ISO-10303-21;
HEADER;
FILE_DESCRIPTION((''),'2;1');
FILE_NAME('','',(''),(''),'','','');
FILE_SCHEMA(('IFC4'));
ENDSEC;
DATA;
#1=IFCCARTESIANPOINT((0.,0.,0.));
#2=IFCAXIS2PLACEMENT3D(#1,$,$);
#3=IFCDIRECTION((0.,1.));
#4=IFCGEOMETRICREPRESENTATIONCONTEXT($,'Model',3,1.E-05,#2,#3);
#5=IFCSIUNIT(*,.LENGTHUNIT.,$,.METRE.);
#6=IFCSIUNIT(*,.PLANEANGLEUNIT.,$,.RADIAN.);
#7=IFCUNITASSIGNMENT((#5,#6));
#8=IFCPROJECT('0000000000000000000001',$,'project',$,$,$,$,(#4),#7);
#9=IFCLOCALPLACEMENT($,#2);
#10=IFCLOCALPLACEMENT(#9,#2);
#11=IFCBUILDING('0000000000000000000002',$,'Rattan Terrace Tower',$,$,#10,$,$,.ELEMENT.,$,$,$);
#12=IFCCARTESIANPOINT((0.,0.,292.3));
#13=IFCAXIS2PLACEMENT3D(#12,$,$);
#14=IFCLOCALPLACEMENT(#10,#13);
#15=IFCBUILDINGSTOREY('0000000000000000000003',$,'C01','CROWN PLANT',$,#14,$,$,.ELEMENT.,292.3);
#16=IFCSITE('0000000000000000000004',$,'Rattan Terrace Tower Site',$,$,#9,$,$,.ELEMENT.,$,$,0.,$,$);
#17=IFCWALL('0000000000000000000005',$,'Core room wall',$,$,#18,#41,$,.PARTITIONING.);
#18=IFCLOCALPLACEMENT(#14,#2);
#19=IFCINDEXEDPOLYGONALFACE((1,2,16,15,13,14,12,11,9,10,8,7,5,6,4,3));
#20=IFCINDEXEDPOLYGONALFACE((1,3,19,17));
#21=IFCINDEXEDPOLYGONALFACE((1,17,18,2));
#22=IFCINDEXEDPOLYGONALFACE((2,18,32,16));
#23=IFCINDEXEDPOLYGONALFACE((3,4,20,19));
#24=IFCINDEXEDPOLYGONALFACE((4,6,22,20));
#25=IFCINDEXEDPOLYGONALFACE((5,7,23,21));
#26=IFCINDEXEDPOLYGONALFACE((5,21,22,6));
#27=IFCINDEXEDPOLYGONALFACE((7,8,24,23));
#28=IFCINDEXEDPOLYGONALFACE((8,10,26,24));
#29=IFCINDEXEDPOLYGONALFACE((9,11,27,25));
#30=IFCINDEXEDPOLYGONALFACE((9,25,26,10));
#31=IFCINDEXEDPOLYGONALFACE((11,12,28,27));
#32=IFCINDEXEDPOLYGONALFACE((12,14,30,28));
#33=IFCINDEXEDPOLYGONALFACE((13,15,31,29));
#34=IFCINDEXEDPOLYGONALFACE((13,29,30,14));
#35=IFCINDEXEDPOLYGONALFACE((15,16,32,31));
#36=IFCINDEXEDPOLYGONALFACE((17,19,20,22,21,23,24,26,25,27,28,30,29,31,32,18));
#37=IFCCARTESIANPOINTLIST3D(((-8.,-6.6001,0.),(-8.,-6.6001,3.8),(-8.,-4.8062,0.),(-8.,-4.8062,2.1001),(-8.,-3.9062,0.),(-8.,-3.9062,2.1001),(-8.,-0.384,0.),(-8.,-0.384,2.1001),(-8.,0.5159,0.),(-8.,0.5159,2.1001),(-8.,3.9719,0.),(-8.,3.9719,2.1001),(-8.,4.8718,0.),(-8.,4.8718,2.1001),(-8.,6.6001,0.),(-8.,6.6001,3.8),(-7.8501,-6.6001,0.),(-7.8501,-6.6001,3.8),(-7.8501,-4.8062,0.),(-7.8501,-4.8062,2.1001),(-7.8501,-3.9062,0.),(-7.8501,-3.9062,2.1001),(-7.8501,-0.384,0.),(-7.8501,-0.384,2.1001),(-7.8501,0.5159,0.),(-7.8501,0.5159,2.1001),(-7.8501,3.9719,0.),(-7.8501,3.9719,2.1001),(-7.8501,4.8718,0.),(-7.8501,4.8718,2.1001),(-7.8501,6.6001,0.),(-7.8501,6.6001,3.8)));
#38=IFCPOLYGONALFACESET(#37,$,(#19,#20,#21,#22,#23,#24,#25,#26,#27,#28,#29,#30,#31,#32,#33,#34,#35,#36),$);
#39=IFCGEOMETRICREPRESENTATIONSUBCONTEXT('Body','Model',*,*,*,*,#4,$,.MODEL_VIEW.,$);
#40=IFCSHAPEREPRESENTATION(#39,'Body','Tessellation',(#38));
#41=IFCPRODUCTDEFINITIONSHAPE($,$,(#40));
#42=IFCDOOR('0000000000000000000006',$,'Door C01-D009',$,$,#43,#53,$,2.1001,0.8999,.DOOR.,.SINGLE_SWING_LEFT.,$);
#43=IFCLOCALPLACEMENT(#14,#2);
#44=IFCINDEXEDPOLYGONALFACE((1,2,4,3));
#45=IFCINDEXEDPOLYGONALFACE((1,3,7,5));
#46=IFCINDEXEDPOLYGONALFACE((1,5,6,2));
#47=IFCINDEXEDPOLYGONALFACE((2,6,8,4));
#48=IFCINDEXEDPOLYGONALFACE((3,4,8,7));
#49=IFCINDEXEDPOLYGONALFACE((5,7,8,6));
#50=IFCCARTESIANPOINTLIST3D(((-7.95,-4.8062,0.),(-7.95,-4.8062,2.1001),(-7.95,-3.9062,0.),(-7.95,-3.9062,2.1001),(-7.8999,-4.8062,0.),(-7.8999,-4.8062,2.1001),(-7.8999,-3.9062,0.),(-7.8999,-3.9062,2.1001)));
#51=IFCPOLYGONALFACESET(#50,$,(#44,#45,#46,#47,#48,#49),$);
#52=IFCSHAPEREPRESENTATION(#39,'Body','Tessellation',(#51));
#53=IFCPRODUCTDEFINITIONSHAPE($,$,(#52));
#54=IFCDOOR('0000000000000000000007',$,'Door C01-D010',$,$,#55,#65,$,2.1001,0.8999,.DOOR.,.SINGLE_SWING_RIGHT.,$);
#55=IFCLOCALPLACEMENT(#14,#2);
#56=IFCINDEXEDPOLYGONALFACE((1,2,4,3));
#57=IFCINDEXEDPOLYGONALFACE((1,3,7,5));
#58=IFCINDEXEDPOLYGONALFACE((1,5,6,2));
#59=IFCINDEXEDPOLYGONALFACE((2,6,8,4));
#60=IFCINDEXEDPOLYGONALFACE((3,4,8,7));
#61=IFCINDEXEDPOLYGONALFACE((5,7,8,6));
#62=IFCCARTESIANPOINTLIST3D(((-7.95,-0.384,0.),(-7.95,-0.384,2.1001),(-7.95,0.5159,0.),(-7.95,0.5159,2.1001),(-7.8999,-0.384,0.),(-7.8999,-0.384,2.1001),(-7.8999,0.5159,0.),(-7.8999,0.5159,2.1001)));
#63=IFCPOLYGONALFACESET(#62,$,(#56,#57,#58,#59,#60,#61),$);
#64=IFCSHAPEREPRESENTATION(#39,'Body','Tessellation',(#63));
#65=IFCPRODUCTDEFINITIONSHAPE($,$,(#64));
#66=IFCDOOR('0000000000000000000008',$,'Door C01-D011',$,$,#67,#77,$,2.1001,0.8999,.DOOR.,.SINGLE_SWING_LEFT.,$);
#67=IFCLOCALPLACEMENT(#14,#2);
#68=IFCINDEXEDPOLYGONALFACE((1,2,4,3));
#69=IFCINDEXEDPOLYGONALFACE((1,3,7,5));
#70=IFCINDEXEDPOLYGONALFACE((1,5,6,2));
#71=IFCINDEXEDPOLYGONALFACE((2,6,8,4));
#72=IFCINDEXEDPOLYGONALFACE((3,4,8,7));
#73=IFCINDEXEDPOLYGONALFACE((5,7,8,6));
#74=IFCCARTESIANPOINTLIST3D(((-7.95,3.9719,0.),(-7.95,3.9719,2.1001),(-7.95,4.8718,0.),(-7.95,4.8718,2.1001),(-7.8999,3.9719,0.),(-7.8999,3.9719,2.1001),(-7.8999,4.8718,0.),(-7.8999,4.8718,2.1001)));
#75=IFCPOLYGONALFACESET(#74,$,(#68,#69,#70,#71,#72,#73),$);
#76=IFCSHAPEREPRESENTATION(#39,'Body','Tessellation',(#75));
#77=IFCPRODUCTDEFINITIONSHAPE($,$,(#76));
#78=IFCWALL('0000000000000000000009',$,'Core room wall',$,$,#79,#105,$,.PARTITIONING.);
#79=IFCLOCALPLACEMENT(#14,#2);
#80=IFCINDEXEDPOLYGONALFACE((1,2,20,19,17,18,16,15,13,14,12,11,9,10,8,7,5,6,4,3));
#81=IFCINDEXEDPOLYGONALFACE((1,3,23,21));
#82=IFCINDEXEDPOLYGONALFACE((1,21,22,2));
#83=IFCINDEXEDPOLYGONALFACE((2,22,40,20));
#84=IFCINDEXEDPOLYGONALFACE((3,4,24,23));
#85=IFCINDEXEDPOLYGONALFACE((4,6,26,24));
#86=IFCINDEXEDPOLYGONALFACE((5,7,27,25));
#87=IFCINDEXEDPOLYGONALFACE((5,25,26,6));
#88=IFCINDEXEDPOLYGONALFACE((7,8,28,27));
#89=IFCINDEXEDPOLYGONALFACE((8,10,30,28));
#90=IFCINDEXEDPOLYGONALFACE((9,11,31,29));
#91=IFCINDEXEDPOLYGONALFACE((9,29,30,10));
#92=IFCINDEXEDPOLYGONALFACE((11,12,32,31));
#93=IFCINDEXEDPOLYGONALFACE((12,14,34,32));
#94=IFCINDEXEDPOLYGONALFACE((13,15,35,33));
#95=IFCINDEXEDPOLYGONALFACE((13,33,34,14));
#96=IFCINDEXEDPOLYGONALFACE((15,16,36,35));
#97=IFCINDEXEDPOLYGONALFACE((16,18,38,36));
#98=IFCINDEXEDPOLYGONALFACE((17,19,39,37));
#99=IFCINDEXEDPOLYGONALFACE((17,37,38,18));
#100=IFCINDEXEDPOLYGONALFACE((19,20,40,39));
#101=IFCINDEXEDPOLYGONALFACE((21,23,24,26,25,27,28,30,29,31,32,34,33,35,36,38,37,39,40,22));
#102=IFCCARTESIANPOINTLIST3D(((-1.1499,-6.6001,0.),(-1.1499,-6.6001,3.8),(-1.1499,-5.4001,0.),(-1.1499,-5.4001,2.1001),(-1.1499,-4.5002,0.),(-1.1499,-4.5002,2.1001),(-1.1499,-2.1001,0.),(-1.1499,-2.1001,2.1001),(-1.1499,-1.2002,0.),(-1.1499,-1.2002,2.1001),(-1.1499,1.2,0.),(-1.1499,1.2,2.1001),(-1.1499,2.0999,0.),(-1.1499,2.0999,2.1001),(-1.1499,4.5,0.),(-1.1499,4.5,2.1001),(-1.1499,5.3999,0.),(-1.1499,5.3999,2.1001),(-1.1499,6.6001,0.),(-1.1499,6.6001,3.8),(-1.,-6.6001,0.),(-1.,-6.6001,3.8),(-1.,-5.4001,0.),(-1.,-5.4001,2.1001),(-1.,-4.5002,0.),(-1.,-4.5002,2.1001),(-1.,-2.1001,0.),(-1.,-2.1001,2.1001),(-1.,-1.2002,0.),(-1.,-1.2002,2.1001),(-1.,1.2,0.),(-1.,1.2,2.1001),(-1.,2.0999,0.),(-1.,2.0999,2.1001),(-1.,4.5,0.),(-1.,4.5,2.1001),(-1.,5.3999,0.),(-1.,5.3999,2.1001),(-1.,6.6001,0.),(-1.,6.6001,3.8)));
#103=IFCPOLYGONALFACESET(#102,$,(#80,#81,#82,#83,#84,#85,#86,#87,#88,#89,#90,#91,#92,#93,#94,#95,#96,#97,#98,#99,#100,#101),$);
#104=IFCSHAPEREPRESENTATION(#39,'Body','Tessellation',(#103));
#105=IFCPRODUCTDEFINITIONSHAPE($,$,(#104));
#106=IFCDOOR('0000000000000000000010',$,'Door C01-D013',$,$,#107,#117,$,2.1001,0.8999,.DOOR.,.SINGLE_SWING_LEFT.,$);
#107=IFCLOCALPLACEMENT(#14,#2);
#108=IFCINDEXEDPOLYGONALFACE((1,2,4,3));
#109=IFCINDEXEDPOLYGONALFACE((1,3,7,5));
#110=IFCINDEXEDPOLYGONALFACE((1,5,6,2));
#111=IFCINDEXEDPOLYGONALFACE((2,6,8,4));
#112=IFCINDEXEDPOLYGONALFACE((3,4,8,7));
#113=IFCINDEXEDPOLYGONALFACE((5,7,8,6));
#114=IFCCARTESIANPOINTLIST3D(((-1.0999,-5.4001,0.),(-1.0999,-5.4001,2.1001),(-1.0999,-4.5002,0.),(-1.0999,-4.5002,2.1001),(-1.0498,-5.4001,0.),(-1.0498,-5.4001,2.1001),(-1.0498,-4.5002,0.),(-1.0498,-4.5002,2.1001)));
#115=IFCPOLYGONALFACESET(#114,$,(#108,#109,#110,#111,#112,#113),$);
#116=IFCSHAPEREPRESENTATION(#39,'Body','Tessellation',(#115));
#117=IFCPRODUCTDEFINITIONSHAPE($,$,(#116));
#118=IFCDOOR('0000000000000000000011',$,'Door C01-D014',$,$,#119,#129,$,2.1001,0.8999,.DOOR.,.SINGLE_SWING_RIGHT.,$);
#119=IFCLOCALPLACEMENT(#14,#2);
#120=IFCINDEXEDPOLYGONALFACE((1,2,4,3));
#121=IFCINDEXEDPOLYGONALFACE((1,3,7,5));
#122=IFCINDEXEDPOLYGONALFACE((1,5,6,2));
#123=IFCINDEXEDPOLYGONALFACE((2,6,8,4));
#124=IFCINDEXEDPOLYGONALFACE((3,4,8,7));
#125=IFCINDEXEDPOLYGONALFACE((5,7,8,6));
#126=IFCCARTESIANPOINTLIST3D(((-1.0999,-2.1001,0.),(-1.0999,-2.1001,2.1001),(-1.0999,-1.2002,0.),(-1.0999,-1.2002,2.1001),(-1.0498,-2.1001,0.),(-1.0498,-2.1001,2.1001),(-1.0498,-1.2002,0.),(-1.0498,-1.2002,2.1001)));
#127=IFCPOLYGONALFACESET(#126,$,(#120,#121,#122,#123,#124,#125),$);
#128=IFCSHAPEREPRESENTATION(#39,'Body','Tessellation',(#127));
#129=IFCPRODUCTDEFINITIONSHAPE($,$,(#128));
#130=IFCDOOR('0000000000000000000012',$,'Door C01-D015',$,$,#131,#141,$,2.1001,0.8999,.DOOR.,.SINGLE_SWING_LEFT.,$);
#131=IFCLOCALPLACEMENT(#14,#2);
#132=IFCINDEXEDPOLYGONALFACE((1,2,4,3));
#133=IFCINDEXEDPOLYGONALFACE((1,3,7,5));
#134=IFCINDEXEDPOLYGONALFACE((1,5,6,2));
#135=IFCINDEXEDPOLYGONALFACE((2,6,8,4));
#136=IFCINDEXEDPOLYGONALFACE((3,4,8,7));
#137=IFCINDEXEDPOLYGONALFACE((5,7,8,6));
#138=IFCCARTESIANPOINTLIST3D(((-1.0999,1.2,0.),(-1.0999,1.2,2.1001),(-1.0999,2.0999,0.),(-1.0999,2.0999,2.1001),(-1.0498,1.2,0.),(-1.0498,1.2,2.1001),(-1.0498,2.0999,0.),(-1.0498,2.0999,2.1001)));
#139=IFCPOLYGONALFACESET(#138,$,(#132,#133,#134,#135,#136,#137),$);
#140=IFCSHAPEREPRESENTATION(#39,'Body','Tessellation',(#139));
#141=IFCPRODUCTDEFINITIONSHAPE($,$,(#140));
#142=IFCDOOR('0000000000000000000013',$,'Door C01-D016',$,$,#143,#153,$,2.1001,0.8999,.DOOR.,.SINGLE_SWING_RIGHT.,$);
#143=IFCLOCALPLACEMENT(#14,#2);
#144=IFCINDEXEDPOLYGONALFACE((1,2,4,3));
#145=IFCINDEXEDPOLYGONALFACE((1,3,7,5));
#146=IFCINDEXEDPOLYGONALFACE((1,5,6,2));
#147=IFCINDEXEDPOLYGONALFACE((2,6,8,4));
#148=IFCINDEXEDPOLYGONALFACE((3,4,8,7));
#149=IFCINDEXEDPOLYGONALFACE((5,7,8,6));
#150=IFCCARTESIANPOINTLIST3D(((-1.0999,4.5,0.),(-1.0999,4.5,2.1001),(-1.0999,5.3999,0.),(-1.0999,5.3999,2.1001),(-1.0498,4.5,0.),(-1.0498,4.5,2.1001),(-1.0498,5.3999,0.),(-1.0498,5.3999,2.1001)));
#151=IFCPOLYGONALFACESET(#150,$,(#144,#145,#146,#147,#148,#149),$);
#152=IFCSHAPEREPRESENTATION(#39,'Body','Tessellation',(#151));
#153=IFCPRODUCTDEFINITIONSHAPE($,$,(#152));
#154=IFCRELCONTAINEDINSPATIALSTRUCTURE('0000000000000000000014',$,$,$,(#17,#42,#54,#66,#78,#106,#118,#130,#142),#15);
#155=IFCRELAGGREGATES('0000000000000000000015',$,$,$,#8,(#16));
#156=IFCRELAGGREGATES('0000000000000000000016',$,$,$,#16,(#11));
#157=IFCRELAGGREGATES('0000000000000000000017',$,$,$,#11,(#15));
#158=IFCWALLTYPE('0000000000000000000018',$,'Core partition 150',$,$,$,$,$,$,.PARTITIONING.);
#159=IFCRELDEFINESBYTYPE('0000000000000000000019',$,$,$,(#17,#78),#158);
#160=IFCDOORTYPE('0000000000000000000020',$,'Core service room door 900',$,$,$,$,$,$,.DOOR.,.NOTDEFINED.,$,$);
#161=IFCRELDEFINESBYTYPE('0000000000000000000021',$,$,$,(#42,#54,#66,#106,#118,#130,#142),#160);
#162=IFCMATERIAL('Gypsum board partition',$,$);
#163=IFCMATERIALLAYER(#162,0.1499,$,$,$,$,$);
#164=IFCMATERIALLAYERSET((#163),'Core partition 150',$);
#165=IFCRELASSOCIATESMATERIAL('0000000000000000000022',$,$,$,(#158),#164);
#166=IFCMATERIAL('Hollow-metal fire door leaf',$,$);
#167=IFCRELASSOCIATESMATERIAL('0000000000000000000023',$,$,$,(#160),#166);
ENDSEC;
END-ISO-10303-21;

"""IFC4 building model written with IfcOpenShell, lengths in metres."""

from ifc_helpers import new_model, si_unit, direction, frame, frame_2d, origin, place, context, subcontext, project, spatial, rectangle, extrude, material, layer, layer_set, type_object, element, fill, save


model = new_model("IFC4")

# Units and contexts
model_context = context("Model", 3, precision=1e-05, world=origin(), true_north=direction((0.0, 1.0)))
body_context = subcontext(model_context, "Body", "Model", "MODEL_VIEW")
ifc_project = project(units=[si_unit("LENGTHUNIT", "METRE"), si_unit("PLANEANGLEUNIT", "RADIAN")], contexts=[model_context])

# Site, building, storey
site_placement = place(None, origin())
site = spatial("IfcSite", under=ifc_project, at=site_placement, Name="Rattan Terrace Tower Site", CompositionType="ELEMENT", RefElevation=0.0)
building_placement = place(site_placement, origin())
building = spatial("IfcBuilding", under=site, at=building_placement, Name="Rattan Terrace Tower", CompositionType="ELEMENT")
storey_placement = place(building_placement, frame((0.0, 0.0, 292.3)))
storey = spatial("IfcBuildingStorey", under=building, at=storey_placement, Name="C01", Description="CROWN PLANT", CompositionType="ELEMENT", Elevation=292.3)

# Walls, openings, doors
ifc_material_1 = material(Name="Gypsum board partition")
ifc_layer_1 = layer(ifc_material_1, 0.1499)
ifc_layer_set_1 = layer_set([ifc_layer_1], Name="Core partition 150")
wall_type_1 = type_object("IfcWallType", Name="Core partition 150", PredefinedType="PARTITIONING", material=ifc_layer_set_1)
ifc_material_2 = material(Name="Hollow-metal fire door leaf")
door_type_1 = type_object("IfcDoorType", Name="Core service room door 900", OperationType="NOTDEFINED", PredefinedType="DOOR", material=ifc_material_2)
wall_1_placement = place(storey_placement, frame((-7.925, -6.6001, 0.0), z_axis=(0.0, 0.0, 1.0), x_axis=(0.0, 1.0, 0.0)))
wall_1 = element("IfcWall", 1, at=wall_1_placement, inside=storey, type_object=wall_type_1, Name="Core room wall", PredefinedType="PARTITIONING", context=body_context, shape_type="SweptSolid", body=[
    extrude(rectangle(XDim=13.2002, YDim=0.1499, at=frame_2d((6.6001, 0.0))), origin(), (0.0, 0.0, 1.0), 3.8),
])
opening_1_placement = place(wall_1_placement, frame((1.7939, 0.0, 0.0)))
opening_1 = element("IfcOpeningElement", 2, at=opening_1_placement, cuts=wall_1, PredefinedType="OPENING", context=body_context, shape_type="SweptSolid", body=[
    extrude(rectangle(XDim=0.8999, YDim=2.1001, at=frame_2d((0.45, 1.05))), frame((0.0, 0.0854, 0.0), z_axis=(0.0, -1.0, 0.0), x_axis=(1.0, 0.0, 0.0)), (0.0, 0.0, 1.0), 0.1709),
])
opening_2_placement = place(wall_1_placement, frame((6.2161, 0.0, 0.0)))
opening_2 = element("IfcOpeningElement", 3, at=opening_2_placement, cuts=wall_1, PredefinedType="OPENING", context=body_context, shape_type="SweptSolid", body=[
    extrude(rectangle(XDim=0.8999, YDim=2.1001, at=frame_2d((0.45, 1.05))), frame((0.0, 0.0854, 0.0), z_axis=(0.0, -1.0, 0.0), x_axis=(1.0, 0.0, 0.0)), (0.0, 0.0, 1.0), 0.1709),
])
opening_3_placement = place(wall_1_placement, frame((10.572, 0.0, 0.0)))
opening_3 = element("IfcOpeningElement", 4, at=opening_3_placement, cuts=wall_1, PredefinedType="OPENING", context=body_context, shape_type="SweptSolid", body=[
    extrude(rectangle(XDim=0.8999, YDim=2.1001, at=frame_2d((0.45, 1.05))), frame((0.0, 0.0854, 0.0), z_axis=(0.0, -1.0, 0.0), x_axis=(1.0, 0.0, 0.0)), (0.0, 0.0, 1.0), 0.1709),
])
door_1_placement = place(opening_1_placement, origin())
door_1 = element("IfcDoor", 5, at=door_1_placement, inside=storey, type_object=door_type_1, Name="Door C01-D009", OperationType="SINGLE_SWING_LEFT", OverallHeight=2.1001, OverallWidth=0.8999, PredefinedType="DOOR", context=body_context, shape_type="SweptSolid", body=[
    extrude(rectangle(XDim=0.8999, YDim=2.1001, at=frame_2d((0.45, 1.05))), frame((0.0, 0.0249, 0.0), z_axis=(0.0, -1.0, 0.0), x_axis=(1.0, 0.0, 0.0)), (0.0, 0.0, 1.0), 0.05),
])
fill(opening_1, door_1)
door_2_placement = place(opening_2_placement, origin())
door_2 = element("IfcDoor", 6, at=door_2_placement, inside=storey, type_object=door_type_1, Name="Door C01-D010", OperationType="SINGLE_SWING_RIGHT", OverallHeight=2.1001, OverallWidth=0.8999, PredefinedType="DOOR", context=body_context, shape_type="SweptSolid", body=[
    extrude(rectangle(XDim=0.8999, YDim=2.1001, at=frame_2d((0.45, 1.05))), frame((0.0, 0.0249, 0.0), z_axis=(0.0, -1.0, 0.0), x_axis=(1.0, 0.0, 0.0)), (0.0, 0.0, 1.0), 0.05),
])
fill(opening_2, door_2)
door_3_placement = place(opening_3_placement, origin())
door_3 = element("IfcDoor", 7, at=door_3_placement, inside=storey, type_object=door_type_1, Name="Door C01-D011", OperationType="SINGLE_SWING_LEFT", OverallHeight=2.1001, OverallWidth=0.8999, PredefinedType="DOOR", context=body_context, shape_type="SweptSolid", body=[
    extrude(rectangle(XDim=0.8999, YDim=2.1001, at=frame_2d((0.45, 1.05))), frame((0.0, 0.0249, 0.0), z_axis=(0.0, -1.0, 0.0), x_axis=(1.0, 0.0, 0.0)), (0.0, 0.0, 1.0), 0.05),
])
fill(opening_3, door_3)
wall_2_placement = place(storey_placement, frame((-1.075, -6.6001, 0.0), z_axis=(0.0, 0.0, 1.0), x_axis=(0.0, 1.0, 0.0)))
wall_2 = element("IfcWall", 8, at=wall_2_placement, inside=storey, type_object=wall_type_1, Name="Core room wall", PredefinedType="PARTITIONING", context=body_context, shape_type="SweptSolid", body=[
    extrude(rectangle(XDim=13.2002, YDim=0.1499, at=frame_2d((6.6001, 0.0))), origin(), (0.0, 0.0, 1.0), 3.8),
])
opening_4_placement = place(wall_2_placement, frame((1.2, 0.0, 0.0)))
opening_4 = element("IfcOpeningElement", 9, at=opening_4_placement, cuts=wall_2, PredefinedType="OPENING", context=body_context, shape_type="SweptSolid", body=[
    extrude(rectangle(XDim=0.8999, YDim=2.1001, at=frame_2d((0.45, 1.05))), frame((0.0, 0.0854, 0.0), z_axis=(0.0, -1.0, 0.0), x_axis=(1.0, 0.0, 0.0)), (0.0, 0.0, 1.0), 0.1709),
])
opening_5_placement = place(wall_2_placement, frame((4.5, 0.0, 0.0)))
opening_5 = element("IfcOpeningElement", 10, at=opening_5_placement, cuts=wall_2, PredefinedType="OPENING", context=body_context, shape_type="SweptSolid", body=[
    extrude(rectangle(XDim=0.8999, YDim=2.1001, at=frame_2d((0.45, 1.05))), frame((0.0, 0.0854, 0.0), z_axis=(0.0, -1.0, 0.0), x_axis=(1.0, 0.0, 0.0)), (0.0, 0.0, 1.0), 0.1709),
])
opening_6_placement = place(wall_2_placement, frame((7.8, 0.0, 0.0)))
opening_6 = element("IfcOpeningElement", 11, at=opening_6_placement, cuts=wall_2, PredefinedType="OPENING", context=body_context, shape_type="SweptSolid", body=[
    extrude(rectangle(XDim=0.8999, YDim=2.1001, at=frame_2d((0.45, 1.05))), frame((0.0, 0.0854, 0.0), z_axis=(0.0, -1.0, 0.0), x_axis=(1.0, 0.0, 0.0)), (0.0, 0.0, 1.0), 0.1709),
])
opening_7_placement = place(wall_2_placement, frame((11.1001, 0.0, 0.0)))
opening_7 = element("IfcOpeningElement", 12, at=opening_7_placement, cuts=wall_2, PredefinedType="OPENING", context=body_context, shape_type="SweptSolid", body=[
    extrude(rectangle(XDim=0.8999, YDim=2.1001, at=frame_2d((0.45, 1.05))), frame((0.0, 0.0854, 0.0), z_axis=(0.0, -1.0, 0.0), x_axis=(1.0, 0.0, 0.0)), (0.0, 0.0, 1.0), 0.1709),
])
door_4_placement = place(opening_4_placement, origin())
door_4 = element("IfcDoor", 13, at=door_4_placement, inside=storey, type_object=door_type_1, Name="Door C01-D013", OperationType="SINGLE_SWING_LEFT", OverallHeight=2.1001, OverallWidth=0.8999, PredefinedType="DOOR", context=body_context, shape_type="SweptSolid", body=[
    extrude(rectangle(XDim=0.8999, YDim=2.1001, at=frame_2d((0.45, 1.05))), frame((0.0, 0.0249, 0.0), z_axis=(0.0, -1.0, 0.0), x_axis=(1.0, 0.0, 0.0)), (0.0, 0.0, 1.0), 0.05),
])
fill(opening_4, door_4)
door_5_placement = place(opening_5_placement, origin())
door_5 = element("IfcDoor", 14, at=door_5_placement, inside=storey, type_object=door_type_1, Name="Door C01-D014", OperationType="SINGLE_SWING_RIGHT", OverallHeight=2.1001, OverallWidth=0.8999, PredefinedType="DOOR", context=body_context, shape_type="SweptSolid", body=[
    extrude(rectangle(XDim=0.8999, YDim=2.1001, at=frame_2d((0.45, 1.05))), frame((0.0, 0.0249, 0.0), z_axis=(0.0, -1.0, 0.0), x_axis=(1.0, 0.0, 0.0)), (0.0, 0.0, 1.0), 0.05),
])
fill(opening_5, door_5)
door_6_placement = place(opening_6_placement, origin())
door_6 = element("IfcDoor", 15, at=door_6_placement, inside=storey, type_object=door_type_1, Name="Door C01-D015", OperationType="SINGLE_SWING_LEFT", OverallHeight=2.1001, OverallWidth=0.8999, PredefinedType="DOOR", context=body_context, shape_type="SweptSolid", body=[
    extrude(rectangle(XDim=0.8999, YDim=2.1001, at=frame_2d((0.45, 1.05))), frame((0.0, 0.0249, 0.0), z_axis=(0.0, -1.0, 0.0), x_axis=(1.0, 0.0, 0.0)), (0.0, 0.0, 1.0), 0.05),
])
fill(opening_6, door_6)
door_7_placement = place(opening_7_placement, origin())
door_7 = element("IfcDoor", 16, at=door_7_placement, inside=storey, type_object=door_type_1, Name="Door C01-D016", OperationType="SINGLE_SWING_RIGHT", OverallHeight=2.1001, OverallWidth=0.8999, PredefinedType="DOOR", context=body_context, shape_type="SweptSolid", body=[
    extrude(rectangle(XDim=0.8999, YDim=2.1001, at=frame_2d((0.45, 1.05))), frame((0.0, 0.0249, 0.0), z_axis=(0.0, -1.0, 0.0), x_axis=(1.0, 0.0, 0.0)), (0.0, 0.0, 1.0), 0.05),
])
fill(opening_7, door_7)

save(model, "model.ifc")
